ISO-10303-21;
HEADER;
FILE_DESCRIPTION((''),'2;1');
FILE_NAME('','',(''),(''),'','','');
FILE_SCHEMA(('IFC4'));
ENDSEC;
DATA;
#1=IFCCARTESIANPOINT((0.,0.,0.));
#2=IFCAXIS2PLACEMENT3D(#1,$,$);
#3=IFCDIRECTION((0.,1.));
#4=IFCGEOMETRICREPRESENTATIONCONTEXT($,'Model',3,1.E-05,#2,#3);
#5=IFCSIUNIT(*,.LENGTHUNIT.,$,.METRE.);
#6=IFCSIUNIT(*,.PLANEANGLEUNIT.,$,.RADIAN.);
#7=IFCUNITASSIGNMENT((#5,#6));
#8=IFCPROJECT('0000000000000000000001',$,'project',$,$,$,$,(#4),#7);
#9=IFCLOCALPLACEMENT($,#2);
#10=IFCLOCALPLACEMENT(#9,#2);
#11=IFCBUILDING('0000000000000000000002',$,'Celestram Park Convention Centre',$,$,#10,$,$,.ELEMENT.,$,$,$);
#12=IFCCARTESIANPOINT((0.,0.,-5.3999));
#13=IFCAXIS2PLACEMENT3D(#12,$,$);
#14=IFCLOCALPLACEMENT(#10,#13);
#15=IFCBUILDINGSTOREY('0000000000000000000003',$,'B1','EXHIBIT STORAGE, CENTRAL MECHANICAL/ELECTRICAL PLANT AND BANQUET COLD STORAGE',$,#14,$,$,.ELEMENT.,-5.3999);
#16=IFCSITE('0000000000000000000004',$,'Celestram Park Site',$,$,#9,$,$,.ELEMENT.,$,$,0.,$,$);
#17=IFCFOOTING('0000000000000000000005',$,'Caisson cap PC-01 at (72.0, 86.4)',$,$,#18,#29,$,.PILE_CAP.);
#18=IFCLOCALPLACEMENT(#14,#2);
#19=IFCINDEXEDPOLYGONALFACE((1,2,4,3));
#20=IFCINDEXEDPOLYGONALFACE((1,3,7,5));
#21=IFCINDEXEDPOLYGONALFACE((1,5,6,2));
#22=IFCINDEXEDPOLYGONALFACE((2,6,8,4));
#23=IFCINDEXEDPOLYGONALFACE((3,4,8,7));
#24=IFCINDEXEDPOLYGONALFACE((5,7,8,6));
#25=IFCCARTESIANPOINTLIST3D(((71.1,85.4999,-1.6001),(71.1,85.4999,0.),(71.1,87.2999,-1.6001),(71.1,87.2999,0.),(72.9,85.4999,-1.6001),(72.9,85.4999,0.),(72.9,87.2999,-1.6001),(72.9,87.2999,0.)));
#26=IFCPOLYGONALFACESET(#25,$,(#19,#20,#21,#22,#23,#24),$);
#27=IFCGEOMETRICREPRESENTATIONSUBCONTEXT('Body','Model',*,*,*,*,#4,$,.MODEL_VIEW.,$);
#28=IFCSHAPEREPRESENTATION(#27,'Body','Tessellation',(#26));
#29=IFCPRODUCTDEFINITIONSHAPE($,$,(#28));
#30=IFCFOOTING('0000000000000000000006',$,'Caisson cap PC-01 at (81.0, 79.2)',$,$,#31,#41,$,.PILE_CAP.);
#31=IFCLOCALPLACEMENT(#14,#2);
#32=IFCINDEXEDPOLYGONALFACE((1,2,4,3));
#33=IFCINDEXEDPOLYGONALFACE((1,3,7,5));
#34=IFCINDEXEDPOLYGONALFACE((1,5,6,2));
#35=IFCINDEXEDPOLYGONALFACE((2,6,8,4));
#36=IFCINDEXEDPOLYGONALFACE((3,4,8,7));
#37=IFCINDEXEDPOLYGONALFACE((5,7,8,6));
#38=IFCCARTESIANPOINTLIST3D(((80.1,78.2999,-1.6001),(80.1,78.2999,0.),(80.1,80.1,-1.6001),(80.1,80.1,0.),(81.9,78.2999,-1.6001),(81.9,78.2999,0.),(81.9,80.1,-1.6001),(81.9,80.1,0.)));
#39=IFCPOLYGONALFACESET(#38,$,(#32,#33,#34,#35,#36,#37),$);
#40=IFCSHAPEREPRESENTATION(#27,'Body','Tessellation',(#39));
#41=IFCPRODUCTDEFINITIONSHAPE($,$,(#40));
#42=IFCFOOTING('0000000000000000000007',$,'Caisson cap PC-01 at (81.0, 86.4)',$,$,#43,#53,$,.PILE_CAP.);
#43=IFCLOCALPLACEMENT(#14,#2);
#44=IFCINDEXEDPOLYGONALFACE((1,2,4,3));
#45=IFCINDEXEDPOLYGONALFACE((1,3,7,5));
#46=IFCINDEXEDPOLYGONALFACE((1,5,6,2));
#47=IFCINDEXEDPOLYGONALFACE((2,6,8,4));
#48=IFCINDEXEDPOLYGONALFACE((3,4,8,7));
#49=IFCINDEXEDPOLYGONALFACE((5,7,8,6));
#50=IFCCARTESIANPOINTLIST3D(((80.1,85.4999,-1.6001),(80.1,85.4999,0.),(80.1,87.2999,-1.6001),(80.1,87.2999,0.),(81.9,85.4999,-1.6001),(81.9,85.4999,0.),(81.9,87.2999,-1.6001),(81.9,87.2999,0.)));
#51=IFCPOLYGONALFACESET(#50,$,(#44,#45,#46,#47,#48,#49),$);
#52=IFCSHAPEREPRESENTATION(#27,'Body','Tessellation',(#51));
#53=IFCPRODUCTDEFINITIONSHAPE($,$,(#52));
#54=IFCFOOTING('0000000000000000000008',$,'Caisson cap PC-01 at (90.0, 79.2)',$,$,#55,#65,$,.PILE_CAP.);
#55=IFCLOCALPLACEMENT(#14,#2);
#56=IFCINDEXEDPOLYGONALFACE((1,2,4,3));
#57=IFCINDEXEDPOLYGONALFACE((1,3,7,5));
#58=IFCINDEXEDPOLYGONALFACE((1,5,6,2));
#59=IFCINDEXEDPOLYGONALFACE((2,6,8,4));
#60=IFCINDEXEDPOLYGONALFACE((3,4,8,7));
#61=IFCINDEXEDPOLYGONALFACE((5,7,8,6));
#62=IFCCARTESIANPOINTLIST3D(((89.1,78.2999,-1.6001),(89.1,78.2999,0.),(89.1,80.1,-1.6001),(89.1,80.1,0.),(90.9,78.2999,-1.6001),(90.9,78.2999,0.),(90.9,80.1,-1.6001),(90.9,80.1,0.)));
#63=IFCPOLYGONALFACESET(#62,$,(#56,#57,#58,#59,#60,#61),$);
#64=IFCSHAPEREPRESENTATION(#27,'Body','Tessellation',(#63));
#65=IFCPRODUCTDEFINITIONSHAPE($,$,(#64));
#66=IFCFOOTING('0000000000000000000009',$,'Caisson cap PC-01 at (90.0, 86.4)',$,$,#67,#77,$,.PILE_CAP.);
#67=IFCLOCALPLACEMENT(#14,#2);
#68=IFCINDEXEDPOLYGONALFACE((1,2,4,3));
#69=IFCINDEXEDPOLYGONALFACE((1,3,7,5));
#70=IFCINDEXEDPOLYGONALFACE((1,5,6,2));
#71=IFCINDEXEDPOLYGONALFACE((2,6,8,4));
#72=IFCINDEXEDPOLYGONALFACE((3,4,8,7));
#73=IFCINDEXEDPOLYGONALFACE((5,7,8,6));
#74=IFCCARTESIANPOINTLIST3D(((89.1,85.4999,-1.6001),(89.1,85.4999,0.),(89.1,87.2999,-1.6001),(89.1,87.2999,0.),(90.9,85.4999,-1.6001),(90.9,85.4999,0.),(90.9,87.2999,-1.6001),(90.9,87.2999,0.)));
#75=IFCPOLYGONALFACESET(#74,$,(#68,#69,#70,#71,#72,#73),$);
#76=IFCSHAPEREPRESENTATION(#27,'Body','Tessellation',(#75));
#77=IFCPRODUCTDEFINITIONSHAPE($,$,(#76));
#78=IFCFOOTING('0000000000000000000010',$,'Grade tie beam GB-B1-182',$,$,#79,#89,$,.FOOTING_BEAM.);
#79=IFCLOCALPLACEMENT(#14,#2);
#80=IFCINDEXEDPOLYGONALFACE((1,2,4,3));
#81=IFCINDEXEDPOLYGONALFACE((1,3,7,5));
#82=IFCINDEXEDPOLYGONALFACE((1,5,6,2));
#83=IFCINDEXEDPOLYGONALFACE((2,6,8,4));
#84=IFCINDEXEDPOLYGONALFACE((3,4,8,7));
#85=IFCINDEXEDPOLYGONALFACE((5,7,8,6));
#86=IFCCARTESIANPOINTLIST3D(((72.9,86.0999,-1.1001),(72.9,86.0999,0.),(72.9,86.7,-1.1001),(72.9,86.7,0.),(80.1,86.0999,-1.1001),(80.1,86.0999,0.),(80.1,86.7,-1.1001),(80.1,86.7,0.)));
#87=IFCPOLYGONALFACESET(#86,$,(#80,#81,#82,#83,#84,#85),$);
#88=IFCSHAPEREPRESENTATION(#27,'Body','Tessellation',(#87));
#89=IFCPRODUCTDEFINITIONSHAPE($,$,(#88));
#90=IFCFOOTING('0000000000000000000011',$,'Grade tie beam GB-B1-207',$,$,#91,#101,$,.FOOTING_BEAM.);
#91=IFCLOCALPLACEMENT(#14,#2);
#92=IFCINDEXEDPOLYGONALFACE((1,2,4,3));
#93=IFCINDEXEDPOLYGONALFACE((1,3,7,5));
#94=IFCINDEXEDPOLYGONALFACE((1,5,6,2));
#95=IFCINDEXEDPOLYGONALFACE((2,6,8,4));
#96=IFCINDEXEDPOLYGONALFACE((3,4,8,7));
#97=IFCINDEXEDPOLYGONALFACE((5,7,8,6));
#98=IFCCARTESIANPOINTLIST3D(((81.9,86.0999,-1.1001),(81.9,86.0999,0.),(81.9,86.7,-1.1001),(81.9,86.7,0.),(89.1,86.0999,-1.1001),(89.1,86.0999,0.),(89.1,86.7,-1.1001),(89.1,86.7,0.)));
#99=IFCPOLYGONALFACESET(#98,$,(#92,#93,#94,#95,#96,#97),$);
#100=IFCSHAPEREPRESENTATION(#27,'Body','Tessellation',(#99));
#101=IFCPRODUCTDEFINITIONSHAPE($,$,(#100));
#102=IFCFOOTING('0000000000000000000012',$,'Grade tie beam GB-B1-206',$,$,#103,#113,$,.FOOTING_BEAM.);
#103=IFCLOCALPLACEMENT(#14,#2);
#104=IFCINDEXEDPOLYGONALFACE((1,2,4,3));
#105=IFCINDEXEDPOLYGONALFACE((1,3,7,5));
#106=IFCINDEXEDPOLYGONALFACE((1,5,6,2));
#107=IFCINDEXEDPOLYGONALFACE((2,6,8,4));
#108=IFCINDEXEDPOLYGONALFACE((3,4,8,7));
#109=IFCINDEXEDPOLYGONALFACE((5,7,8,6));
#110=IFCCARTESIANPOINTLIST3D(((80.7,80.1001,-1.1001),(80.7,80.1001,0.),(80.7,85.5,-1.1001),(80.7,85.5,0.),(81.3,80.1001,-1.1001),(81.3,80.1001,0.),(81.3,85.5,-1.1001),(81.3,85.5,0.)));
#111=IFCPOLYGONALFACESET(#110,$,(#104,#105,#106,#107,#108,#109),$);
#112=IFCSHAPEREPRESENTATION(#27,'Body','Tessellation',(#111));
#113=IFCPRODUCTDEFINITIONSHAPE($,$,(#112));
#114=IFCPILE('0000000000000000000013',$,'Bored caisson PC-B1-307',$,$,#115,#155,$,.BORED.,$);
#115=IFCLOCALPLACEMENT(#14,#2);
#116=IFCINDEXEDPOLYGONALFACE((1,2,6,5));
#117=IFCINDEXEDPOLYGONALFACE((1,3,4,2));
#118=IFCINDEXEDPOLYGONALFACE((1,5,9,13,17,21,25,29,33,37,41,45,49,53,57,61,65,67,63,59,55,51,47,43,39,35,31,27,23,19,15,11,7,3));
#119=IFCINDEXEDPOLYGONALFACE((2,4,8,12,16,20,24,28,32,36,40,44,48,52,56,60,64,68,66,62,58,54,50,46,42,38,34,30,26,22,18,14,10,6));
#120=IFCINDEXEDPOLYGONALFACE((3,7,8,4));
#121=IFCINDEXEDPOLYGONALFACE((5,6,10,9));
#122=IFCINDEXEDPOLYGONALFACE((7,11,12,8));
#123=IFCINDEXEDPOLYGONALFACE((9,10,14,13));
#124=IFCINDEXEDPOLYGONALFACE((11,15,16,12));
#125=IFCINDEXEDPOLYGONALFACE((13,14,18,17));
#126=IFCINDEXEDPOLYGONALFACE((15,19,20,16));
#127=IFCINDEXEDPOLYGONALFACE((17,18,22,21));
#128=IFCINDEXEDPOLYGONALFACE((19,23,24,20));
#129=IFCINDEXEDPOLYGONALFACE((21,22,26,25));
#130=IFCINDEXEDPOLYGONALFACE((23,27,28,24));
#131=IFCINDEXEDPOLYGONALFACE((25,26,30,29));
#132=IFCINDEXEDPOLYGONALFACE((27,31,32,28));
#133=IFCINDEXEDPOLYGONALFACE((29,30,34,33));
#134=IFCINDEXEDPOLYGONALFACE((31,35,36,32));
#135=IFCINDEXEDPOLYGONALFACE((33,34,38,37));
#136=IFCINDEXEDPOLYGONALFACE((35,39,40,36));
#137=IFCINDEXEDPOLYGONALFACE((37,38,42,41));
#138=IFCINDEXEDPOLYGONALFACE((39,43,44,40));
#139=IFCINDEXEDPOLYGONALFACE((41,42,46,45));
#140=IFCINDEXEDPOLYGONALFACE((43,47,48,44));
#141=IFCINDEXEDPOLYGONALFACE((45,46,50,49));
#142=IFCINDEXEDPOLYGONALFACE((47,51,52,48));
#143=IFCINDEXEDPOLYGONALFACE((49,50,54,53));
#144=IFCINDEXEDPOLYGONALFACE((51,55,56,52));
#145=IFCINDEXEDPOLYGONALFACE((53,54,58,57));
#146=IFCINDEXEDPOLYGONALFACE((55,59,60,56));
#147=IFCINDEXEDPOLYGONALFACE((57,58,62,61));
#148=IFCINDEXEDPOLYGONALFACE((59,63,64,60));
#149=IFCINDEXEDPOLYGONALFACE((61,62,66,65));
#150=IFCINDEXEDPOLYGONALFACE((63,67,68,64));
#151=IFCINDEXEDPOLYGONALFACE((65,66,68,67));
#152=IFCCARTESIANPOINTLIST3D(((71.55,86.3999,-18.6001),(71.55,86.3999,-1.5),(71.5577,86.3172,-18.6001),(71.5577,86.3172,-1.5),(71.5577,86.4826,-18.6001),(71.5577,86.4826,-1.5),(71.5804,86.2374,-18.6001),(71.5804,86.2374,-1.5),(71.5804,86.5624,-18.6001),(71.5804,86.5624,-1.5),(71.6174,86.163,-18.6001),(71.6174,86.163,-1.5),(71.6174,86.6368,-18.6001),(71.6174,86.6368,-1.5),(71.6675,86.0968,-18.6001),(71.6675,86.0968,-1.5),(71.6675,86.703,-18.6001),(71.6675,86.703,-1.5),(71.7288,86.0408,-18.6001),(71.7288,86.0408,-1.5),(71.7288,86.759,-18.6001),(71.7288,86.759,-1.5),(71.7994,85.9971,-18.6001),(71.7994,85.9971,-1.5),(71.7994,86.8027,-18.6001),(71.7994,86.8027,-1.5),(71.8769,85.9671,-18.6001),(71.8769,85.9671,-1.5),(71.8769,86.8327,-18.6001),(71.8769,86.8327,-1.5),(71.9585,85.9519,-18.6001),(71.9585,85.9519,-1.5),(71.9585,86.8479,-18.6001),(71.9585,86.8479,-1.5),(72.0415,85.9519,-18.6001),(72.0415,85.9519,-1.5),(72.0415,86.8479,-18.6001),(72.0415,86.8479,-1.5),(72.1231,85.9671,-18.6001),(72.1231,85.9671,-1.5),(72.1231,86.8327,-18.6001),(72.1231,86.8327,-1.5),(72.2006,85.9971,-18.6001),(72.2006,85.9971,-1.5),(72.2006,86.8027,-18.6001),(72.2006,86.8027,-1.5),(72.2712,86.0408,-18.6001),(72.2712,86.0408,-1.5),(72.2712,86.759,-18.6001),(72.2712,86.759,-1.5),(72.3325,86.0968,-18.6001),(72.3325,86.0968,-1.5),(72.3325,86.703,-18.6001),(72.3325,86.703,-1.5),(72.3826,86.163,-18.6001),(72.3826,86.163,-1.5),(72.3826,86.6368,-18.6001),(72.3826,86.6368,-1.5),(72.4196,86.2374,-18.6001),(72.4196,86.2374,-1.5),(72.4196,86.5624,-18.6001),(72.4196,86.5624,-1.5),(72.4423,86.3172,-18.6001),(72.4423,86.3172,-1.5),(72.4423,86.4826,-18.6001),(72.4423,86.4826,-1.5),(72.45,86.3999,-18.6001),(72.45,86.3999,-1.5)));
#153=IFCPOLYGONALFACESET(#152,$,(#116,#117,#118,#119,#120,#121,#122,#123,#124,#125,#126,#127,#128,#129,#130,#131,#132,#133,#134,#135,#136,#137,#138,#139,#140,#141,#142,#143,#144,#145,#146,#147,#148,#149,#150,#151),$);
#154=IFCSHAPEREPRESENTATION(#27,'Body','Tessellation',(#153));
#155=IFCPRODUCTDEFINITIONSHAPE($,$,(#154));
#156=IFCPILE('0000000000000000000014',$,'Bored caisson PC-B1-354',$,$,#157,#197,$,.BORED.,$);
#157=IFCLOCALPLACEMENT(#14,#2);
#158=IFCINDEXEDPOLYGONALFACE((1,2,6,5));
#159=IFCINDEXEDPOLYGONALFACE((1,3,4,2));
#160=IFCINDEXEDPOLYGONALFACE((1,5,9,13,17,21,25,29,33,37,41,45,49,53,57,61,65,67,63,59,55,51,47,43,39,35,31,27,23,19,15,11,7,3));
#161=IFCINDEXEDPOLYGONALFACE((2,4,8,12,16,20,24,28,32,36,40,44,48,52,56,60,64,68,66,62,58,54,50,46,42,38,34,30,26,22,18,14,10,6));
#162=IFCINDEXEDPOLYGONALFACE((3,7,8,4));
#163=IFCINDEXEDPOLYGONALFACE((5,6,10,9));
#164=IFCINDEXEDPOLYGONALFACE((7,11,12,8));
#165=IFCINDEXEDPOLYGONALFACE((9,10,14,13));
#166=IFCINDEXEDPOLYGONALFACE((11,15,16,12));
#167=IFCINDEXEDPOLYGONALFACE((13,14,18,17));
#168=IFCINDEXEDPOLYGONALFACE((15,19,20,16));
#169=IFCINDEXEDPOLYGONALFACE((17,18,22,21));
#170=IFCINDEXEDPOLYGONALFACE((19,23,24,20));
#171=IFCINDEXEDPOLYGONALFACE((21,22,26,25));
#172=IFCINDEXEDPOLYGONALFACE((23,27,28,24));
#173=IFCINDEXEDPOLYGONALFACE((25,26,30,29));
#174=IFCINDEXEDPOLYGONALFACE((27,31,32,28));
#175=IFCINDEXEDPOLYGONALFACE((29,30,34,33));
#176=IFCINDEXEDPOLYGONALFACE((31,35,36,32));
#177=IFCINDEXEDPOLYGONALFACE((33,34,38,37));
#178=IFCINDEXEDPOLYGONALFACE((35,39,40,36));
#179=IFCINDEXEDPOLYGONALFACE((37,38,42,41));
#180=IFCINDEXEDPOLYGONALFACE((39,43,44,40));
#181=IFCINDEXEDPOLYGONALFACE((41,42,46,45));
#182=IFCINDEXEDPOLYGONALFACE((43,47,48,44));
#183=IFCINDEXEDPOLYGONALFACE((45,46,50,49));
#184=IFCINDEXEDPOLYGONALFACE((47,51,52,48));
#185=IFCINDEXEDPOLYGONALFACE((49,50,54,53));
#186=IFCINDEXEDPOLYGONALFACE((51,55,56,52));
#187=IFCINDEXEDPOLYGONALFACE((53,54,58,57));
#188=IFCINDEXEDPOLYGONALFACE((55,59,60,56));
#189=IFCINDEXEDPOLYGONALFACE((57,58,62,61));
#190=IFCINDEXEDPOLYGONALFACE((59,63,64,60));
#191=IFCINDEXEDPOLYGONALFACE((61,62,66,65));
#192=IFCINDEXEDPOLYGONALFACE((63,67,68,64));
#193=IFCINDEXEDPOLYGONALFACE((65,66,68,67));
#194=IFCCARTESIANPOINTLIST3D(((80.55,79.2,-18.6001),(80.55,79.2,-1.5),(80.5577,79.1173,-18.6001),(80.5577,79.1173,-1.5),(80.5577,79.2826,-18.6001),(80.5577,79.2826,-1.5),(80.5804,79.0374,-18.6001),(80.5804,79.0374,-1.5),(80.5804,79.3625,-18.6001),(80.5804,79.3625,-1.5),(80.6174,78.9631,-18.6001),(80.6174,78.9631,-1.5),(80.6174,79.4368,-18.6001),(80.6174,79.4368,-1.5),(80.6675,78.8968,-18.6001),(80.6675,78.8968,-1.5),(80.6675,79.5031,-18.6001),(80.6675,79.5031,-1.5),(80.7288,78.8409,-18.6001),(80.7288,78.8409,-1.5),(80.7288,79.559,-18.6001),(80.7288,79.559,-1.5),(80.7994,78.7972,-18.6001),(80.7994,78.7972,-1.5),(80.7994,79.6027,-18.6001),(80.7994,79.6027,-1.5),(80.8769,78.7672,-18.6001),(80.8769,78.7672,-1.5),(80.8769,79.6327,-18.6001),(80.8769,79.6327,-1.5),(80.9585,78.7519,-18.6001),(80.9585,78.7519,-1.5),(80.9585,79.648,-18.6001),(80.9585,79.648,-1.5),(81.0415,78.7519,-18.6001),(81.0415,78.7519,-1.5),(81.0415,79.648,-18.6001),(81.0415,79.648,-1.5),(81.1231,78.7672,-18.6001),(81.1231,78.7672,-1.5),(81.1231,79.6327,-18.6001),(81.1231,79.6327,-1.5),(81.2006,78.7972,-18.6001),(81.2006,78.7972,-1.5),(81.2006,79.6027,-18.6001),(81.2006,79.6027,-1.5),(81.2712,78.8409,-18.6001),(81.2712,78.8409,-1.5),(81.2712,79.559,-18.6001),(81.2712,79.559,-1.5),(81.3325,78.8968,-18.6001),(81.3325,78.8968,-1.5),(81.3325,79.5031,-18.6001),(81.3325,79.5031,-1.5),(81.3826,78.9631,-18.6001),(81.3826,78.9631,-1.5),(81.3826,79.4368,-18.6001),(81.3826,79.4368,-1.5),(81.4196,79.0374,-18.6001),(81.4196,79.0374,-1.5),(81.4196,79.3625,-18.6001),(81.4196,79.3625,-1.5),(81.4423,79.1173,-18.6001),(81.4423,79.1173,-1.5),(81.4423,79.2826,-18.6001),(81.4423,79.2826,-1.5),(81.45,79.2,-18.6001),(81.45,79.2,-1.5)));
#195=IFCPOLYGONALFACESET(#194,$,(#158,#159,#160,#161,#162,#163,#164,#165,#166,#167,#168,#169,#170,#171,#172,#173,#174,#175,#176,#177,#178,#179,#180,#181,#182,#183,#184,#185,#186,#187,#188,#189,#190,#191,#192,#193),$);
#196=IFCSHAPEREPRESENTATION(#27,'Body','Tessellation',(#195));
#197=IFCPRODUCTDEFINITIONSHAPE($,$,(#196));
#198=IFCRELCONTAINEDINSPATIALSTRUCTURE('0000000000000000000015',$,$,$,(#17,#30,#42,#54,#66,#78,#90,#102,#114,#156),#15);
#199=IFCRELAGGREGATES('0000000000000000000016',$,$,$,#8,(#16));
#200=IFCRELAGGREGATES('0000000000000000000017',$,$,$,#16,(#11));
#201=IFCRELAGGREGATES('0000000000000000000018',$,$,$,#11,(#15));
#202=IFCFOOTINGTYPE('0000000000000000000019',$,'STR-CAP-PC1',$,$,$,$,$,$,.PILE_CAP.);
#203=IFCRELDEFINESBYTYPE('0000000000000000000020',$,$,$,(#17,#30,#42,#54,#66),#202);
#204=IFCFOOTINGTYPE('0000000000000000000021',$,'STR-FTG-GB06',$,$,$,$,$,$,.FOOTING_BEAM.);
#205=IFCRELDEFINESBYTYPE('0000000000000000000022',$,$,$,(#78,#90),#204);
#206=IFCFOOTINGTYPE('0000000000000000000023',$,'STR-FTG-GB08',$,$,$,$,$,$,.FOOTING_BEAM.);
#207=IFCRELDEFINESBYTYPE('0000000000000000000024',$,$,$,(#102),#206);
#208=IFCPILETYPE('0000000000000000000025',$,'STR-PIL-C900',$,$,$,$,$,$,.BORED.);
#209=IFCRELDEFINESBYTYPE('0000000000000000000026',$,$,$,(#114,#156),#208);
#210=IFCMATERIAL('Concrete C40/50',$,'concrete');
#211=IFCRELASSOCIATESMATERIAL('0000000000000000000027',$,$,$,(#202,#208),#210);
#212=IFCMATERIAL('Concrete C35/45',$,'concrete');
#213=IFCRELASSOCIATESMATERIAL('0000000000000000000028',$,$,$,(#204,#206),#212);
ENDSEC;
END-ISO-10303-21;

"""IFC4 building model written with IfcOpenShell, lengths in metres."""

from ifc_helpers import new_model, si_unit, direction, frame, origin, origin_2d, place, context, subcontext, project, spatial, rectangle, circle, extrude, material, material_profile, profile_set, type_object, element, save


model = new_model("IFC4")

# Units and contexts
model_context = context("Model", 3, precision=1e-05, world=origin(), true_north=direction((0.0, 1.0)))
body_context = subcontext(model_context, "Body", "Model", "MODEL_VIEW")
ifc_project = project(units=[si_unit("LENGTHUNIT", "METRE"), si_unit("PLANEANGLEUNIT", "RADIAN")], contexts=[model_context])

# Site, building, storey
site_placement = place(None, origin())
site = spatial("IfcSite", under=ifc_project, at=site_placement, Name="Celestram Park Site", CompositionType="ELEMENT", RefElevation=0.0)
building_placement = place(site_placement, origin())
building = spatial("IfcBuilding", under=site, at=building_placement, Name="Celestram Park Convention Centre", CompositionType="ELEMENT")
storey_placement = place(building_placement, frame((0.0, 0.0, -5.3999)))
storey = spatial("IfcBuildingStorey", under=building, at=storey_placement, Name="B1", Description="EXHIBIT STORAGE, CENTRAL MECHANICAL/ELECTRICAL PLANT AND BANQUET COLD STORAGE", CompositionType="ELEMENT", Elevation=-5.3999)

# Footings
ifc_material_1 = material(Name="Concrete C40/50", Category="concrete")
footing_type_1 = type_object("IfcFootingType", Name="STR-CAP-PC1", PredefinedType="PILE_CAP", material=ifc_material_1)
for number, where, z_axis, x_axis, name in (
    (1, (72.0, 86.3999, -1.6001), (0.0, 0.0, 1.0), (1.0, 0.0, 0.0), "Caisson cap PC-01 at (72.0, 86.4)"),
    (2, (81.0, 79.2, -1.6001), (0.0, 0.0, 1.0), (1.0, 0.0, 0.0), "Caisson cap PC-01 at (81.0, 79.2)"),
    (3, (81.0, 86.3999, -1.6001), (0.0, 0.0, 1.0), (1.0, 0.0, 0.0), "Caisson cap PC-01 at (81.0, 86.4)"),
    (4, (90.0, 79.2, -1.6001), (0.0, 0.0, 1.0), (1.0, 0.0, 0.0), "Caisson cap PC-01 at (90.0, 79.2)"),
    (5, (90.0, 86.3999, -1.6001), (0.0, 0.0, 1.0), (1.0, 0.0, 0.0), "Caisson cap PC-01 at (90.0, 86.4)"),
):
    element("IfcFooting", number, at=place(storey_placement, frame(where, z_axis=z_axis, x_axis=x_axis)), inside=storey, type_object=footing_type_1, Name=name, PredefinedType="PILE_CAP", context=body_context, shape_type="SweptSolid", body=[
        extrude(rectangle(XDim=1.8, YDim=1.8, at=origin_2d()), origin(), (0.0, 0.0, 1.0), 1.6001),
    ])
ifc_material_2 = material(Name="Concrete C35/45", Category="concrete")
footing_type_2 = type_object("IfcFootingType", Name="STR-FTG-GB06", PredefinedType="FOOTING_BEAM", material=ifc_material_2)
for number, where, z_axis, x_axis, name in (
    (6, (76.5, 86.3999, -1.1001), (0.0, 0.0, 1.0), (1.0, 0.0, 0.0), "Grade tie beam GB-B1-182"),
    (7, (85.5, 86.3999, -1.1001), (0.0, 0.0, 1.0), (1.0, 0.0, 0.0), "Grade tie beam GB-B1-207"),
):
    element("IfcFooting", number, at=place(storey_placement, frame(where, z_axis=z_axis, x_axis=x_axis)), inside=storey, type_object=footing_type_2, Name=name, PredefinedType="FOOTING_BEAM", context=body_context, shape_type="SweptSolid", body=[
        extrude(rectangle(XDim=7.2, YDim=0.6001, at=origin_2d()), origin(), (0.0, 0.0, 1.0), 1.1001),
    ])
footing_type_3 = type_object("IfcFootingType", Name="STR-FTG-GB08", PredefinedType="FOOTING_BEAM", material=ifc_material_2)
footing_placement = place(storey_placement, frame((81.0, 82.8, -1.1001), z_axis=(0.0, 0.0, 1.0), x_axis=(0.0, 1.0, 0.0)))
element("IfcFooting", 8, at=footing_placement, inside=storey, type_object=footing_type_3, Name="Grade tie beam GB-B1-206", PredefinedType="FOOTING_BEAM", context=body_context, shape_type="SweptSolid", body=[
    extrude(rectangle(XDim=5.3999, YDim=0.6001, at=origin_2d()), origin(), (0.0, 0.0, 1.0), 1.1001),
])

# Piles
ifc_material_profile_1 = material_profile(ifc_material_1, circle(Radius=0.45, at=origin_2d()), Name="CAISSON900")
ifc_profile_set_1 = profile_set([ifc_material_profile_1], Name="Concrete C40/50")
pile_type = type_object("IfcPileType", Name="STR-PIL-C900", PredefinedType="BORED", material=ifc_profile_set_1)
for number, where, z_axis, x_axis, name in (
    (9, (72.0, 86.3999, -1.5), (0.0, 0.0, -1.0), (1.0, 0.0, 0.0), "Bored caisson PC-B1-307"),
    (10, (81.0, 79.2, -1.5), (0.0, 0.0, -1.0), (1.0, 0.0, 0.0), "Bored caisson PC-B1-354"),
):
    element("IfcPile", number, at=place(storey_placement, frame(where, z_axis=z_axis, x_axis=x_axis)), inside=storey, type_object=pile_type, Name=name, PredefinedType="BORED", context=body_context, shape_type="SweptSolid", body=[
        extrude(circle(Radius=0.45, at=origin_2d()), origin(), (0.0, 0.0, 1.0), 17.1001),
    ])

save(model, "model.ifc")
